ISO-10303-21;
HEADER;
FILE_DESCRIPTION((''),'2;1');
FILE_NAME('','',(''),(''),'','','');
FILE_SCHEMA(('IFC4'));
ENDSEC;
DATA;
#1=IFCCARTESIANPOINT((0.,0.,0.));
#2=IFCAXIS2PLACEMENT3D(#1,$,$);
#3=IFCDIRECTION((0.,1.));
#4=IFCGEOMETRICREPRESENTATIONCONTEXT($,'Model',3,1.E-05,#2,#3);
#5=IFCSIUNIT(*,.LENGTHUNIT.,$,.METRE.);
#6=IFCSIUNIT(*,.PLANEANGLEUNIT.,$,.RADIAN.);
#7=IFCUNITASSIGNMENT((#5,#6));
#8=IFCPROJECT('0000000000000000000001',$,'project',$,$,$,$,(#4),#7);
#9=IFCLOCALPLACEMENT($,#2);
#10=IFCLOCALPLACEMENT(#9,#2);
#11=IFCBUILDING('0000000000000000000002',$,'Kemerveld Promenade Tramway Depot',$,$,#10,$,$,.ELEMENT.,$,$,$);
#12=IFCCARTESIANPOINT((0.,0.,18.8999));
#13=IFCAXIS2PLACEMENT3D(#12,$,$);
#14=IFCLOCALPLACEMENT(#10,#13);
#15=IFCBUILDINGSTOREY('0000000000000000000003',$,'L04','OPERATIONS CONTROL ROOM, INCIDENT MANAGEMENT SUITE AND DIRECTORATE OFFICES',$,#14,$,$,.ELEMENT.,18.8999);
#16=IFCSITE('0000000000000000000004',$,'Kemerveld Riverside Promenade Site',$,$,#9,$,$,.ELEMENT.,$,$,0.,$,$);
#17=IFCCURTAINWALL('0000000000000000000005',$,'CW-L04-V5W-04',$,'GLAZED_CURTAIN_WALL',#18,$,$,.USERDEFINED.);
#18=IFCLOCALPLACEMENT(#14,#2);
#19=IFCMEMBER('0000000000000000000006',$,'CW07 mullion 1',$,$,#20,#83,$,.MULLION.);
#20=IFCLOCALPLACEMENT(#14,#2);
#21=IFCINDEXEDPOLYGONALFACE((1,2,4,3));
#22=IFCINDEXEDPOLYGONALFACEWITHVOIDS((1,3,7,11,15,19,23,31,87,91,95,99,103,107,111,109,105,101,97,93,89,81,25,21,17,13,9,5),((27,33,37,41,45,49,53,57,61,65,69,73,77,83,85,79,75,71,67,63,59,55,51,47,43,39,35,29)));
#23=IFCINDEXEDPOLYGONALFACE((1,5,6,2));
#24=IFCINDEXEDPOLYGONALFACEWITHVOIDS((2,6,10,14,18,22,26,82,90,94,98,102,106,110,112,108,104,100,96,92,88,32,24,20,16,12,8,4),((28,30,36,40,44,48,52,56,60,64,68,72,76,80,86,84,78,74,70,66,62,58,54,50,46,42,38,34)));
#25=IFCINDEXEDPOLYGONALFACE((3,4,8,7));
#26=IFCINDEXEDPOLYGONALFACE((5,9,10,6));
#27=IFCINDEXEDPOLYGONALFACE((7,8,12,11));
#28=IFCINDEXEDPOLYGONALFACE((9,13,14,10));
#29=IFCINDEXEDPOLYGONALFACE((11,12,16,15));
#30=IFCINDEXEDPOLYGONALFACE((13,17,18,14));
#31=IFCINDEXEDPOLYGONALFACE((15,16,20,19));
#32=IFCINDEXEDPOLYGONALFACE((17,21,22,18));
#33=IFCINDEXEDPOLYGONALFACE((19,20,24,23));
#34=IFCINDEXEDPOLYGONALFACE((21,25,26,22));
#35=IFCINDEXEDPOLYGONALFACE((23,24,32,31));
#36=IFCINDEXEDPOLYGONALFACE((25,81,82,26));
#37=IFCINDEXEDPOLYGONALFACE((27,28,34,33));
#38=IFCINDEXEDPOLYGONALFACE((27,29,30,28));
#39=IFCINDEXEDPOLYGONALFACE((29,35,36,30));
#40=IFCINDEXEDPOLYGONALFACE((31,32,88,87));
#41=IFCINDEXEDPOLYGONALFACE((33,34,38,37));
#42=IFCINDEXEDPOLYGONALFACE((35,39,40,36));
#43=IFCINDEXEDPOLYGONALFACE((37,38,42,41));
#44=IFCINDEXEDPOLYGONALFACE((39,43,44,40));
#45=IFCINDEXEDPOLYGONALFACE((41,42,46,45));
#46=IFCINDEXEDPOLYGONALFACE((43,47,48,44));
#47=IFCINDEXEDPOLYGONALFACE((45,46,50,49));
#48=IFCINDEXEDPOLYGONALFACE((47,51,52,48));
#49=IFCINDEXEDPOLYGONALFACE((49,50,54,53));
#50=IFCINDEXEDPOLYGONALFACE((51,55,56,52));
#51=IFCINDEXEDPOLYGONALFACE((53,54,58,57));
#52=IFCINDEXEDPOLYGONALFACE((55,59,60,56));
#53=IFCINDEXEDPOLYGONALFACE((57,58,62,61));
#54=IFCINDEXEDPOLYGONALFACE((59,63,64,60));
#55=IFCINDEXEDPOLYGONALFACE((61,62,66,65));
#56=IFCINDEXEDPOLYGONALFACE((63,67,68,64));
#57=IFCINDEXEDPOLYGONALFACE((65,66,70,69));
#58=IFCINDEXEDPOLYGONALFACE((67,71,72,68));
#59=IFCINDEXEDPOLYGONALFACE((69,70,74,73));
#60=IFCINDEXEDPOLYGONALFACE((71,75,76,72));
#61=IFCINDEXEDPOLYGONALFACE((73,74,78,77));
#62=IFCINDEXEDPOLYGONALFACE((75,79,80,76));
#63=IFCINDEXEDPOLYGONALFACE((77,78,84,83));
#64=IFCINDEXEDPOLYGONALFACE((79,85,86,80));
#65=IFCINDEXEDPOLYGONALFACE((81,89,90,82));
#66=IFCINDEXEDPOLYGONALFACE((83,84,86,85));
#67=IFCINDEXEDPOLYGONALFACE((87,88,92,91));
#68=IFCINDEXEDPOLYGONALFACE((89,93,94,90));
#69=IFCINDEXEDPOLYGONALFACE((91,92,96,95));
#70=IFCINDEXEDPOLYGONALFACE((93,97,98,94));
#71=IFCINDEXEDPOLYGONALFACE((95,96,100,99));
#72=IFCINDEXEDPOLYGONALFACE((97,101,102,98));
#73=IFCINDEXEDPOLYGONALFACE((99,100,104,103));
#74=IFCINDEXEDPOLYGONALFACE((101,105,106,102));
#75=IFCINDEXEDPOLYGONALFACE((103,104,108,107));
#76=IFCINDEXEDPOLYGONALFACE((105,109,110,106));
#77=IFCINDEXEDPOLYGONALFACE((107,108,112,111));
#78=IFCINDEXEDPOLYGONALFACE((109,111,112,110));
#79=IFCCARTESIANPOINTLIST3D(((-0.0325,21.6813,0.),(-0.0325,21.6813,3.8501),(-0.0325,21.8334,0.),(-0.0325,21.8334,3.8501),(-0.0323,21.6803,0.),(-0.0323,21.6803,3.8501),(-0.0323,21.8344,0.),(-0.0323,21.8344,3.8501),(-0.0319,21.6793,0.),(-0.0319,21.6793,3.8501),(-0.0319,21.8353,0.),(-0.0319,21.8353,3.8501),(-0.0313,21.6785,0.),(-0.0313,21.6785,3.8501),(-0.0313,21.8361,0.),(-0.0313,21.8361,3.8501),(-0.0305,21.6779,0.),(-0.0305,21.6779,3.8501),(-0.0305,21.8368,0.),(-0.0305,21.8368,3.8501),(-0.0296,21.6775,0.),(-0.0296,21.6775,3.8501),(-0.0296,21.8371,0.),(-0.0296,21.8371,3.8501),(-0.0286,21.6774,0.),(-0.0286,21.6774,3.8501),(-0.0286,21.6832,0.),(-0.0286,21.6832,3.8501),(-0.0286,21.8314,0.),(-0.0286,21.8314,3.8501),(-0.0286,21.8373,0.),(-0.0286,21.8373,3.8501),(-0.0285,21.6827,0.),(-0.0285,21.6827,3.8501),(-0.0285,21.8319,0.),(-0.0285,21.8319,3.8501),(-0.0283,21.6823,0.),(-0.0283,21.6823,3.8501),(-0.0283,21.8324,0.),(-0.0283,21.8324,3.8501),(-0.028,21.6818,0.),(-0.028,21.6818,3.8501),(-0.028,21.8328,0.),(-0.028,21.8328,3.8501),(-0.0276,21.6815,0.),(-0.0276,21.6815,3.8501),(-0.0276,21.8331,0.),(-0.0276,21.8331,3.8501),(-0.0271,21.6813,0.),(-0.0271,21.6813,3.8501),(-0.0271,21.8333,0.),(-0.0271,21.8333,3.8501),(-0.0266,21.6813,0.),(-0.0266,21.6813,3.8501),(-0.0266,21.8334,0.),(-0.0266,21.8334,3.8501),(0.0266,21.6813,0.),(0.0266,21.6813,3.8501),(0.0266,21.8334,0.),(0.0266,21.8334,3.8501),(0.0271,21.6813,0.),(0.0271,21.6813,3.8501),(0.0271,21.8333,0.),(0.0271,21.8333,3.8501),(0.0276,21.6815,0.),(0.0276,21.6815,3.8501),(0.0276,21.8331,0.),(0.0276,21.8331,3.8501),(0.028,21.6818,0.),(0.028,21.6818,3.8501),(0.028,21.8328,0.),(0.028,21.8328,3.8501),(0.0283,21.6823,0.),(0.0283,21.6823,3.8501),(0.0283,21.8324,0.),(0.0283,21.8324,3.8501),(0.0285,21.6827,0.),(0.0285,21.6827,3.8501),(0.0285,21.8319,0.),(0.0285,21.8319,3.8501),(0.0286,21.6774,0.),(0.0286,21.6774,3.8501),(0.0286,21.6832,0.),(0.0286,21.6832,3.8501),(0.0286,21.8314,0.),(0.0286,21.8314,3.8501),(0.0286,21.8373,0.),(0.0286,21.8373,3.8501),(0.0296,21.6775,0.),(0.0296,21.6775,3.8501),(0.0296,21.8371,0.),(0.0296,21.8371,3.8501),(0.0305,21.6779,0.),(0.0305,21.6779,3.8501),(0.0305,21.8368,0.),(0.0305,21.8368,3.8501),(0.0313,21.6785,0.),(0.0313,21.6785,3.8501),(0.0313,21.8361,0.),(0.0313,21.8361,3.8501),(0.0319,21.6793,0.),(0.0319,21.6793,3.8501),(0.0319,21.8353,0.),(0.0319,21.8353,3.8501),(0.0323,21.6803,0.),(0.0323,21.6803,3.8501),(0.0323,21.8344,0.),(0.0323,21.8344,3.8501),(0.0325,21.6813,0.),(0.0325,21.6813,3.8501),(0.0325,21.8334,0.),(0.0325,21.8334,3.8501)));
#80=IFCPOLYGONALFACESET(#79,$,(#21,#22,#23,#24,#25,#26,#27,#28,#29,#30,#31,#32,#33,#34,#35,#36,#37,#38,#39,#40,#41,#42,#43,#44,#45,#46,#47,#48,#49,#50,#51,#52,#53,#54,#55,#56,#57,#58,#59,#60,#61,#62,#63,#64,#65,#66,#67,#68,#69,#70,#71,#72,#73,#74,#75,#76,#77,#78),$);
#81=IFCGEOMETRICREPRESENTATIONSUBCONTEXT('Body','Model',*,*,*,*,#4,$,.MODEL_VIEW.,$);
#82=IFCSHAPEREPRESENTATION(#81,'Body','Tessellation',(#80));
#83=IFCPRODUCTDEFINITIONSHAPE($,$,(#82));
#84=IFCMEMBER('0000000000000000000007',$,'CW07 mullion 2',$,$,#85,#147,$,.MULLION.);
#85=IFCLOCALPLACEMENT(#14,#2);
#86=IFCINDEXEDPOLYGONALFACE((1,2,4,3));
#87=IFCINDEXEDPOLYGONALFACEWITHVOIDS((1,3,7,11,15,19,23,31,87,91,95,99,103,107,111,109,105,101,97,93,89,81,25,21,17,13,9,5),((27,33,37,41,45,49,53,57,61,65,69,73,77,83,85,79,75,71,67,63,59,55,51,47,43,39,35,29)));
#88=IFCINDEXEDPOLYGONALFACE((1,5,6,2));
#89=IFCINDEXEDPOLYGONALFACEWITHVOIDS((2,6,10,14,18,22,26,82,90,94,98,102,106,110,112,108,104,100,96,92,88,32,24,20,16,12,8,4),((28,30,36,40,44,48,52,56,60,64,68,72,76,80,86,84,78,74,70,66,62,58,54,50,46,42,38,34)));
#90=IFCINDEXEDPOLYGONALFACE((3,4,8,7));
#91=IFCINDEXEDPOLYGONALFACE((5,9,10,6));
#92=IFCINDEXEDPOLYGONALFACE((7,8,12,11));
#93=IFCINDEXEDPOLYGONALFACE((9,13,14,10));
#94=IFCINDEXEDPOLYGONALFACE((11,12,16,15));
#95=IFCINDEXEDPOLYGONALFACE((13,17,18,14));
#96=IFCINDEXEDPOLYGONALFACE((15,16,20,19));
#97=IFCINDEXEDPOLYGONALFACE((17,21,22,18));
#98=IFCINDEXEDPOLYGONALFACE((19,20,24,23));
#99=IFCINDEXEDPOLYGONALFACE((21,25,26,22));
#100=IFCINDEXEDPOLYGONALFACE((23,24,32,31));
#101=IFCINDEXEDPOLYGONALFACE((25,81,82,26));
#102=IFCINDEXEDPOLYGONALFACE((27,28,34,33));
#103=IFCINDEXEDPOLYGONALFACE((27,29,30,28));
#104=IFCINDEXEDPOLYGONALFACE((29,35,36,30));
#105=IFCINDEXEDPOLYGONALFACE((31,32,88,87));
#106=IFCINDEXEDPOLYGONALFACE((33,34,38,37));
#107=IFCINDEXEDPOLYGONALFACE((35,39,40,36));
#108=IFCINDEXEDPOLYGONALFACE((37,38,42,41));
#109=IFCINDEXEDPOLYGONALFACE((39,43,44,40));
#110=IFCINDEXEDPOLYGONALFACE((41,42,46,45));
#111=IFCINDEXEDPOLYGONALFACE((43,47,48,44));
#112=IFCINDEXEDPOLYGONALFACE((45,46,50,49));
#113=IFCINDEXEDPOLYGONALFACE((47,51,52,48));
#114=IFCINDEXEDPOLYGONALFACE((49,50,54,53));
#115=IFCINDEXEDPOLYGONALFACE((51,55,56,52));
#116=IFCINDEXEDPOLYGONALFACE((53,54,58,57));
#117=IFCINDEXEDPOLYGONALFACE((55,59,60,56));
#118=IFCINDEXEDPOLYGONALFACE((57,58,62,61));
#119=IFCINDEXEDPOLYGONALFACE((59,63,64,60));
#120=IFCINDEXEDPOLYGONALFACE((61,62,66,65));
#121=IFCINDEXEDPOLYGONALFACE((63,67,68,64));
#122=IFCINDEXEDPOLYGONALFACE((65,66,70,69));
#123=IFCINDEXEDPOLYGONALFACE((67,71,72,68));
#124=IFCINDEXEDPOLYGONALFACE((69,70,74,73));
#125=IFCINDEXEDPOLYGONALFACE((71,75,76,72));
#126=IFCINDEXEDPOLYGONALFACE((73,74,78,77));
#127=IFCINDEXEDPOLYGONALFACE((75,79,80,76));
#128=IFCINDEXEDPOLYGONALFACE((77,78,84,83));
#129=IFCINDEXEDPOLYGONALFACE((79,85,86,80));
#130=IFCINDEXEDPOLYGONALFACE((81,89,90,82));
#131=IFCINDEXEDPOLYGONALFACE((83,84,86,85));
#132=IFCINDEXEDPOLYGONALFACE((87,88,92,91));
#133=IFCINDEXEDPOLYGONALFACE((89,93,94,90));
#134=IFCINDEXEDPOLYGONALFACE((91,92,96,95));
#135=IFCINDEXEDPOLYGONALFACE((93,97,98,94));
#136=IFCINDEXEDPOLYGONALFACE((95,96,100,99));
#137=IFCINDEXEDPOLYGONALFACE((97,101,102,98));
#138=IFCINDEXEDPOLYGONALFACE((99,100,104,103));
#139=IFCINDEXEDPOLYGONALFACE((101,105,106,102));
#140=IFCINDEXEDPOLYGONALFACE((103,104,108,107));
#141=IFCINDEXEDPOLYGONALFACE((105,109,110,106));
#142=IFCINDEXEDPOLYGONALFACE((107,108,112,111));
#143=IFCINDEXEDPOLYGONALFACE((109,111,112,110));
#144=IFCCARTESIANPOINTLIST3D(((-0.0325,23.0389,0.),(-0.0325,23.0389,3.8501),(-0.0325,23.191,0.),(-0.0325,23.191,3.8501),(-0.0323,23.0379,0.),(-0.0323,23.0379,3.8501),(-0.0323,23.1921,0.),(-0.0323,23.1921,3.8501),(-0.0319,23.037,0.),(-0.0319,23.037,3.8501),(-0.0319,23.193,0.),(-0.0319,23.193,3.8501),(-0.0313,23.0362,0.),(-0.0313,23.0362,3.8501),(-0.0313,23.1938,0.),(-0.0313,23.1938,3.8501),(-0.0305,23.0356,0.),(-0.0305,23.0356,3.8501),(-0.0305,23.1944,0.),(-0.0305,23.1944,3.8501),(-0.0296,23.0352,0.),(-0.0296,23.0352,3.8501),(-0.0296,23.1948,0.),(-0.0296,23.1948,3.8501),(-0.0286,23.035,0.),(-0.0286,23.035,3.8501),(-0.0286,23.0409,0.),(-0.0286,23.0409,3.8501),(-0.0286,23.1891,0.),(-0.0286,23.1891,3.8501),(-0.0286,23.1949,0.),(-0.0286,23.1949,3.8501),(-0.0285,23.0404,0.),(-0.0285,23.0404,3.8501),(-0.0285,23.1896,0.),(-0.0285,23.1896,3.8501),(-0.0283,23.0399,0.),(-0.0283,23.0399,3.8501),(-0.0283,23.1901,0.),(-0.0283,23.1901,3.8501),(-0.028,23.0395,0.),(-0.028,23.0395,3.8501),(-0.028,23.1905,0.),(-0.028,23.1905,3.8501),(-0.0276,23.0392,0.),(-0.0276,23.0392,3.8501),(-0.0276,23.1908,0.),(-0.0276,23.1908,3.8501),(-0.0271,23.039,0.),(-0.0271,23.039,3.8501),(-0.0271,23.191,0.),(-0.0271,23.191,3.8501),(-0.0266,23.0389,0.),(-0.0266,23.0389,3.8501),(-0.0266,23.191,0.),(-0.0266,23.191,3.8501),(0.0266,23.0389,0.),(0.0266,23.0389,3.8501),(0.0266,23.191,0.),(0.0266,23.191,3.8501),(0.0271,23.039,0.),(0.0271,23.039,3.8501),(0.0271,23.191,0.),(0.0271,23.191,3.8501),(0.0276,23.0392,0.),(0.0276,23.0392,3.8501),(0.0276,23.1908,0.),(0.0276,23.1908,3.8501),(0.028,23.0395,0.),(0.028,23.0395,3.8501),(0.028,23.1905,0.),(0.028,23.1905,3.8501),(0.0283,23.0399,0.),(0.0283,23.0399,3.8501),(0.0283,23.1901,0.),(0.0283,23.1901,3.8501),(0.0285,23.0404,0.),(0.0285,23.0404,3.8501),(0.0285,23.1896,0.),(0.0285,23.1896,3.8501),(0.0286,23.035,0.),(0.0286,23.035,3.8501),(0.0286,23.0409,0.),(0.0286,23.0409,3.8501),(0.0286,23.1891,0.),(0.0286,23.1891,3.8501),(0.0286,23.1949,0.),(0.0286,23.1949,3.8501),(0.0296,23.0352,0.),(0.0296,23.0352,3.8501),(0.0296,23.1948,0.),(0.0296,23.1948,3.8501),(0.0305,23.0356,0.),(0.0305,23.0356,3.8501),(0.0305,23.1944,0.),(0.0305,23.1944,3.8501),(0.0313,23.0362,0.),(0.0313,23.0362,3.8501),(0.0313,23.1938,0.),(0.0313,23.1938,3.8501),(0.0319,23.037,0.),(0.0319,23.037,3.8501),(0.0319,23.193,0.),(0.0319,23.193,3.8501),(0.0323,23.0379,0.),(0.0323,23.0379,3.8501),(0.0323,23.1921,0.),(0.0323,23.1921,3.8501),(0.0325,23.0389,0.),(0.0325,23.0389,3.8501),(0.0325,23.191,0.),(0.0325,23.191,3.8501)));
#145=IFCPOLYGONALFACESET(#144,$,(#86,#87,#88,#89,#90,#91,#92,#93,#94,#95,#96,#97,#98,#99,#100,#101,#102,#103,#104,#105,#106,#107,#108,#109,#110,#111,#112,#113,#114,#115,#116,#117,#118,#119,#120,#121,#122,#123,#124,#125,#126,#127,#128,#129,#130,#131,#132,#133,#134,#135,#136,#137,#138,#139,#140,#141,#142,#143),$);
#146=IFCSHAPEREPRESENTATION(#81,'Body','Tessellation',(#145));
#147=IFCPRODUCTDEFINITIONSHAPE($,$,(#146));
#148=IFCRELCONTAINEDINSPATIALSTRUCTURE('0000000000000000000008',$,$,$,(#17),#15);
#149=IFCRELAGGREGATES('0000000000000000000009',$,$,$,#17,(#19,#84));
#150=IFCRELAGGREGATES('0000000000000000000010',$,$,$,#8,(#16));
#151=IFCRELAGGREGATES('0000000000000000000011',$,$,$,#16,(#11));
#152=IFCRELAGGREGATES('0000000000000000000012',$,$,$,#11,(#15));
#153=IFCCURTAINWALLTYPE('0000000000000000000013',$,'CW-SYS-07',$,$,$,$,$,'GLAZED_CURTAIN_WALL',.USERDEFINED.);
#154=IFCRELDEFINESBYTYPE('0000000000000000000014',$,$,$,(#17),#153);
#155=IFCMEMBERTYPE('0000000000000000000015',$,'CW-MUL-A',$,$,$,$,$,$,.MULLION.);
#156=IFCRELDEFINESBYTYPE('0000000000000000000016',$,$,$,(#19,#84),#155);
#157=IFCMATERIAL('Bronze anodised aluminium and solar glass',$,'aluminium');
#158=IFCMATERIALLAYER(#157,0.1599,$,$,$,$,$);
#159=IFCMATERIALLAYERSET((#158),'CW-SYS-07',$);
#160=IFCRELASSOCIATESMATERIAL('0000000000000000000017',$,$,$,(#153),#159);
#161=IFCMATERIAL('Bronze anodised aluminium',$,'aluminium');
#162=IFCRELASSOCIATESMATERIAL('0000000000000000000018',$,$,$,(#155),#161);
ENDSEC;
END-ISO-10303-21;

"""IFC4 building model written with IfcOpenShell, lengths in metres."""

from ifc_helpers import new_model, si_unit, direction, frame, origin, origin_2d, place, context, subcontext, project, spatial, hollow_rectangle, extrude, material, layer, layer_set, material_profile, profile_set, type_object, element, aggregate, save


model = new_model("IFC4")

# Units and contexts
model_context = context("Model", 3, precision=1e-05, world=origin(), true_north=direction((0.0, 1.0)))
body_context = subcontext(model_context, "Body", "Model", "MODEL_VIEW")
ifc_project = project(units=[si_unit("LENGTHUNIT", "METRE"), si_unit("PLANEANGLEUNIT", "RADIAN")], contexts=[model_context])

# Site, building, storey
site_placement = place(None, origin())
site = spatial("IfcSite", under=ifc_project, at=site_placement, Name="Kemerveld Riverside Promenade Site", CompositionType="ELEMENT", RefElevation=0.0)
building_placement = place(site_placement, origin())
building = spatial("IfcBuilding", under=site, at=building_placement, Name="Kemerveld Promenade Tramway Depot", CompositionType="ELEMENT")
storey_placement = place(building_placement, frame((0.0, 0.0, 18.8999)))
storey = spatial("IfcBuildingStorey", under=building, at=storey_placement, Name="L04", Description="OPERATIONS CONTROL ROOM, INCIDENT MANAGEMENT SUITE AND DIRECTORATE OFFICES", CompositionType="ELEMENT", Elevation=18.8999)

# Curtain wall, members
ifc_material_1 = material(Name="Bronze anodised aluminium and solar glass", Category="aluminium")
ifc_layer_1 = layer(ifc_material_1, 0.1599)
ifc_layer_set_1 = layer_set([ifc_layer_1], Name="CW-SYS-07")
curtain_wall_type = type_object("IfcCurtainWallType", Name="CW-SYS-07", ElementType="GLAZED_CURTAIN_WALL", PredefinedType="USERDEFINED", material=ifc_layer_set_1)
curtain_wall_placement = place(storey_placement, origin())
curtain_wall = element("IfcCurtainWall", 1, at=curtain_wall_placement, inside=storey, type_object=curtain_wall_type, Name="CW-L04-V5W-04", ObjectType="GLAZED_CURTAIN_WALL", PredefinedType="USERDEFINED")
ifc_material_2 = material(Name="Bronze anodised aluminium", Category="aluminium")
ifc_material_profile_1 = material_profile(ifc_material_2, hollow_rectangle(XDim=0.0649, YDim=0.1599, WallThickness=0.0039, InnerFilletRadius=0.002, OuterFilletRadius=0.0039, at=origin_2d()), Name="CW-MUL-160x65")
ifc_profile_set_1 = profile_set([ifc_material_profile_1], Name="Bronze anodised aluminium")
member_type_1 = type_object("IfcMemberType", Name="CW-MUL-A", PredefinedType="MULLION", material=ifc_profile_set_1)
member_1_placement = place(storey_placement, frame((0.0, 21.7573, 0.0), z_axis=(0.0, 0.0, 1.0), x_axis=(-1.0, 0.0, 0.0)))
member_1 = element("IfcMember", 2, at=member_1_placement, type_object=member_type_1, Name="CW07 mullion 1", PredefinedType="MULLION", context=body_context, shape_type="SweptSolid", body=[
    extrude(hollow_rectangle(XDim=0.0649, YDim=0.1599, WallThickness=0.0039, InnerFilletRadius=0.002, OuterFilletRadius=0.0039, at=origin_2d()), origin(), (0.0, 0.0, 1.0), 3.8501),
])
member_2_placement = place(storey_placement, frame((0.0, 23.115, 0.0), z_axis=(0.0, 0.0, 1.0), x_axis=(-1.0, 0.0, 0.0)))
member_2 = element("IfcMember", 3, at=member_2_placement, type_object=member_type_1, Name="CW07 mullion 2", PredefinedType="MULLION", context=body_context, shape_type="SweptSolid", body=[
    extrude(hollow_rectangle(XDim=0.0649, YDim=0.1599, WallThickness=0.0039, InnerFilletRadius=0.002, OuterFilletRadius=0.0039, at=origin_2d()), origin(), (0.0, 0.0, 1.0), 3.8501),
])
aggregate(curtain_wall, [member_1, member_2])

save(model, "model.ifc")
